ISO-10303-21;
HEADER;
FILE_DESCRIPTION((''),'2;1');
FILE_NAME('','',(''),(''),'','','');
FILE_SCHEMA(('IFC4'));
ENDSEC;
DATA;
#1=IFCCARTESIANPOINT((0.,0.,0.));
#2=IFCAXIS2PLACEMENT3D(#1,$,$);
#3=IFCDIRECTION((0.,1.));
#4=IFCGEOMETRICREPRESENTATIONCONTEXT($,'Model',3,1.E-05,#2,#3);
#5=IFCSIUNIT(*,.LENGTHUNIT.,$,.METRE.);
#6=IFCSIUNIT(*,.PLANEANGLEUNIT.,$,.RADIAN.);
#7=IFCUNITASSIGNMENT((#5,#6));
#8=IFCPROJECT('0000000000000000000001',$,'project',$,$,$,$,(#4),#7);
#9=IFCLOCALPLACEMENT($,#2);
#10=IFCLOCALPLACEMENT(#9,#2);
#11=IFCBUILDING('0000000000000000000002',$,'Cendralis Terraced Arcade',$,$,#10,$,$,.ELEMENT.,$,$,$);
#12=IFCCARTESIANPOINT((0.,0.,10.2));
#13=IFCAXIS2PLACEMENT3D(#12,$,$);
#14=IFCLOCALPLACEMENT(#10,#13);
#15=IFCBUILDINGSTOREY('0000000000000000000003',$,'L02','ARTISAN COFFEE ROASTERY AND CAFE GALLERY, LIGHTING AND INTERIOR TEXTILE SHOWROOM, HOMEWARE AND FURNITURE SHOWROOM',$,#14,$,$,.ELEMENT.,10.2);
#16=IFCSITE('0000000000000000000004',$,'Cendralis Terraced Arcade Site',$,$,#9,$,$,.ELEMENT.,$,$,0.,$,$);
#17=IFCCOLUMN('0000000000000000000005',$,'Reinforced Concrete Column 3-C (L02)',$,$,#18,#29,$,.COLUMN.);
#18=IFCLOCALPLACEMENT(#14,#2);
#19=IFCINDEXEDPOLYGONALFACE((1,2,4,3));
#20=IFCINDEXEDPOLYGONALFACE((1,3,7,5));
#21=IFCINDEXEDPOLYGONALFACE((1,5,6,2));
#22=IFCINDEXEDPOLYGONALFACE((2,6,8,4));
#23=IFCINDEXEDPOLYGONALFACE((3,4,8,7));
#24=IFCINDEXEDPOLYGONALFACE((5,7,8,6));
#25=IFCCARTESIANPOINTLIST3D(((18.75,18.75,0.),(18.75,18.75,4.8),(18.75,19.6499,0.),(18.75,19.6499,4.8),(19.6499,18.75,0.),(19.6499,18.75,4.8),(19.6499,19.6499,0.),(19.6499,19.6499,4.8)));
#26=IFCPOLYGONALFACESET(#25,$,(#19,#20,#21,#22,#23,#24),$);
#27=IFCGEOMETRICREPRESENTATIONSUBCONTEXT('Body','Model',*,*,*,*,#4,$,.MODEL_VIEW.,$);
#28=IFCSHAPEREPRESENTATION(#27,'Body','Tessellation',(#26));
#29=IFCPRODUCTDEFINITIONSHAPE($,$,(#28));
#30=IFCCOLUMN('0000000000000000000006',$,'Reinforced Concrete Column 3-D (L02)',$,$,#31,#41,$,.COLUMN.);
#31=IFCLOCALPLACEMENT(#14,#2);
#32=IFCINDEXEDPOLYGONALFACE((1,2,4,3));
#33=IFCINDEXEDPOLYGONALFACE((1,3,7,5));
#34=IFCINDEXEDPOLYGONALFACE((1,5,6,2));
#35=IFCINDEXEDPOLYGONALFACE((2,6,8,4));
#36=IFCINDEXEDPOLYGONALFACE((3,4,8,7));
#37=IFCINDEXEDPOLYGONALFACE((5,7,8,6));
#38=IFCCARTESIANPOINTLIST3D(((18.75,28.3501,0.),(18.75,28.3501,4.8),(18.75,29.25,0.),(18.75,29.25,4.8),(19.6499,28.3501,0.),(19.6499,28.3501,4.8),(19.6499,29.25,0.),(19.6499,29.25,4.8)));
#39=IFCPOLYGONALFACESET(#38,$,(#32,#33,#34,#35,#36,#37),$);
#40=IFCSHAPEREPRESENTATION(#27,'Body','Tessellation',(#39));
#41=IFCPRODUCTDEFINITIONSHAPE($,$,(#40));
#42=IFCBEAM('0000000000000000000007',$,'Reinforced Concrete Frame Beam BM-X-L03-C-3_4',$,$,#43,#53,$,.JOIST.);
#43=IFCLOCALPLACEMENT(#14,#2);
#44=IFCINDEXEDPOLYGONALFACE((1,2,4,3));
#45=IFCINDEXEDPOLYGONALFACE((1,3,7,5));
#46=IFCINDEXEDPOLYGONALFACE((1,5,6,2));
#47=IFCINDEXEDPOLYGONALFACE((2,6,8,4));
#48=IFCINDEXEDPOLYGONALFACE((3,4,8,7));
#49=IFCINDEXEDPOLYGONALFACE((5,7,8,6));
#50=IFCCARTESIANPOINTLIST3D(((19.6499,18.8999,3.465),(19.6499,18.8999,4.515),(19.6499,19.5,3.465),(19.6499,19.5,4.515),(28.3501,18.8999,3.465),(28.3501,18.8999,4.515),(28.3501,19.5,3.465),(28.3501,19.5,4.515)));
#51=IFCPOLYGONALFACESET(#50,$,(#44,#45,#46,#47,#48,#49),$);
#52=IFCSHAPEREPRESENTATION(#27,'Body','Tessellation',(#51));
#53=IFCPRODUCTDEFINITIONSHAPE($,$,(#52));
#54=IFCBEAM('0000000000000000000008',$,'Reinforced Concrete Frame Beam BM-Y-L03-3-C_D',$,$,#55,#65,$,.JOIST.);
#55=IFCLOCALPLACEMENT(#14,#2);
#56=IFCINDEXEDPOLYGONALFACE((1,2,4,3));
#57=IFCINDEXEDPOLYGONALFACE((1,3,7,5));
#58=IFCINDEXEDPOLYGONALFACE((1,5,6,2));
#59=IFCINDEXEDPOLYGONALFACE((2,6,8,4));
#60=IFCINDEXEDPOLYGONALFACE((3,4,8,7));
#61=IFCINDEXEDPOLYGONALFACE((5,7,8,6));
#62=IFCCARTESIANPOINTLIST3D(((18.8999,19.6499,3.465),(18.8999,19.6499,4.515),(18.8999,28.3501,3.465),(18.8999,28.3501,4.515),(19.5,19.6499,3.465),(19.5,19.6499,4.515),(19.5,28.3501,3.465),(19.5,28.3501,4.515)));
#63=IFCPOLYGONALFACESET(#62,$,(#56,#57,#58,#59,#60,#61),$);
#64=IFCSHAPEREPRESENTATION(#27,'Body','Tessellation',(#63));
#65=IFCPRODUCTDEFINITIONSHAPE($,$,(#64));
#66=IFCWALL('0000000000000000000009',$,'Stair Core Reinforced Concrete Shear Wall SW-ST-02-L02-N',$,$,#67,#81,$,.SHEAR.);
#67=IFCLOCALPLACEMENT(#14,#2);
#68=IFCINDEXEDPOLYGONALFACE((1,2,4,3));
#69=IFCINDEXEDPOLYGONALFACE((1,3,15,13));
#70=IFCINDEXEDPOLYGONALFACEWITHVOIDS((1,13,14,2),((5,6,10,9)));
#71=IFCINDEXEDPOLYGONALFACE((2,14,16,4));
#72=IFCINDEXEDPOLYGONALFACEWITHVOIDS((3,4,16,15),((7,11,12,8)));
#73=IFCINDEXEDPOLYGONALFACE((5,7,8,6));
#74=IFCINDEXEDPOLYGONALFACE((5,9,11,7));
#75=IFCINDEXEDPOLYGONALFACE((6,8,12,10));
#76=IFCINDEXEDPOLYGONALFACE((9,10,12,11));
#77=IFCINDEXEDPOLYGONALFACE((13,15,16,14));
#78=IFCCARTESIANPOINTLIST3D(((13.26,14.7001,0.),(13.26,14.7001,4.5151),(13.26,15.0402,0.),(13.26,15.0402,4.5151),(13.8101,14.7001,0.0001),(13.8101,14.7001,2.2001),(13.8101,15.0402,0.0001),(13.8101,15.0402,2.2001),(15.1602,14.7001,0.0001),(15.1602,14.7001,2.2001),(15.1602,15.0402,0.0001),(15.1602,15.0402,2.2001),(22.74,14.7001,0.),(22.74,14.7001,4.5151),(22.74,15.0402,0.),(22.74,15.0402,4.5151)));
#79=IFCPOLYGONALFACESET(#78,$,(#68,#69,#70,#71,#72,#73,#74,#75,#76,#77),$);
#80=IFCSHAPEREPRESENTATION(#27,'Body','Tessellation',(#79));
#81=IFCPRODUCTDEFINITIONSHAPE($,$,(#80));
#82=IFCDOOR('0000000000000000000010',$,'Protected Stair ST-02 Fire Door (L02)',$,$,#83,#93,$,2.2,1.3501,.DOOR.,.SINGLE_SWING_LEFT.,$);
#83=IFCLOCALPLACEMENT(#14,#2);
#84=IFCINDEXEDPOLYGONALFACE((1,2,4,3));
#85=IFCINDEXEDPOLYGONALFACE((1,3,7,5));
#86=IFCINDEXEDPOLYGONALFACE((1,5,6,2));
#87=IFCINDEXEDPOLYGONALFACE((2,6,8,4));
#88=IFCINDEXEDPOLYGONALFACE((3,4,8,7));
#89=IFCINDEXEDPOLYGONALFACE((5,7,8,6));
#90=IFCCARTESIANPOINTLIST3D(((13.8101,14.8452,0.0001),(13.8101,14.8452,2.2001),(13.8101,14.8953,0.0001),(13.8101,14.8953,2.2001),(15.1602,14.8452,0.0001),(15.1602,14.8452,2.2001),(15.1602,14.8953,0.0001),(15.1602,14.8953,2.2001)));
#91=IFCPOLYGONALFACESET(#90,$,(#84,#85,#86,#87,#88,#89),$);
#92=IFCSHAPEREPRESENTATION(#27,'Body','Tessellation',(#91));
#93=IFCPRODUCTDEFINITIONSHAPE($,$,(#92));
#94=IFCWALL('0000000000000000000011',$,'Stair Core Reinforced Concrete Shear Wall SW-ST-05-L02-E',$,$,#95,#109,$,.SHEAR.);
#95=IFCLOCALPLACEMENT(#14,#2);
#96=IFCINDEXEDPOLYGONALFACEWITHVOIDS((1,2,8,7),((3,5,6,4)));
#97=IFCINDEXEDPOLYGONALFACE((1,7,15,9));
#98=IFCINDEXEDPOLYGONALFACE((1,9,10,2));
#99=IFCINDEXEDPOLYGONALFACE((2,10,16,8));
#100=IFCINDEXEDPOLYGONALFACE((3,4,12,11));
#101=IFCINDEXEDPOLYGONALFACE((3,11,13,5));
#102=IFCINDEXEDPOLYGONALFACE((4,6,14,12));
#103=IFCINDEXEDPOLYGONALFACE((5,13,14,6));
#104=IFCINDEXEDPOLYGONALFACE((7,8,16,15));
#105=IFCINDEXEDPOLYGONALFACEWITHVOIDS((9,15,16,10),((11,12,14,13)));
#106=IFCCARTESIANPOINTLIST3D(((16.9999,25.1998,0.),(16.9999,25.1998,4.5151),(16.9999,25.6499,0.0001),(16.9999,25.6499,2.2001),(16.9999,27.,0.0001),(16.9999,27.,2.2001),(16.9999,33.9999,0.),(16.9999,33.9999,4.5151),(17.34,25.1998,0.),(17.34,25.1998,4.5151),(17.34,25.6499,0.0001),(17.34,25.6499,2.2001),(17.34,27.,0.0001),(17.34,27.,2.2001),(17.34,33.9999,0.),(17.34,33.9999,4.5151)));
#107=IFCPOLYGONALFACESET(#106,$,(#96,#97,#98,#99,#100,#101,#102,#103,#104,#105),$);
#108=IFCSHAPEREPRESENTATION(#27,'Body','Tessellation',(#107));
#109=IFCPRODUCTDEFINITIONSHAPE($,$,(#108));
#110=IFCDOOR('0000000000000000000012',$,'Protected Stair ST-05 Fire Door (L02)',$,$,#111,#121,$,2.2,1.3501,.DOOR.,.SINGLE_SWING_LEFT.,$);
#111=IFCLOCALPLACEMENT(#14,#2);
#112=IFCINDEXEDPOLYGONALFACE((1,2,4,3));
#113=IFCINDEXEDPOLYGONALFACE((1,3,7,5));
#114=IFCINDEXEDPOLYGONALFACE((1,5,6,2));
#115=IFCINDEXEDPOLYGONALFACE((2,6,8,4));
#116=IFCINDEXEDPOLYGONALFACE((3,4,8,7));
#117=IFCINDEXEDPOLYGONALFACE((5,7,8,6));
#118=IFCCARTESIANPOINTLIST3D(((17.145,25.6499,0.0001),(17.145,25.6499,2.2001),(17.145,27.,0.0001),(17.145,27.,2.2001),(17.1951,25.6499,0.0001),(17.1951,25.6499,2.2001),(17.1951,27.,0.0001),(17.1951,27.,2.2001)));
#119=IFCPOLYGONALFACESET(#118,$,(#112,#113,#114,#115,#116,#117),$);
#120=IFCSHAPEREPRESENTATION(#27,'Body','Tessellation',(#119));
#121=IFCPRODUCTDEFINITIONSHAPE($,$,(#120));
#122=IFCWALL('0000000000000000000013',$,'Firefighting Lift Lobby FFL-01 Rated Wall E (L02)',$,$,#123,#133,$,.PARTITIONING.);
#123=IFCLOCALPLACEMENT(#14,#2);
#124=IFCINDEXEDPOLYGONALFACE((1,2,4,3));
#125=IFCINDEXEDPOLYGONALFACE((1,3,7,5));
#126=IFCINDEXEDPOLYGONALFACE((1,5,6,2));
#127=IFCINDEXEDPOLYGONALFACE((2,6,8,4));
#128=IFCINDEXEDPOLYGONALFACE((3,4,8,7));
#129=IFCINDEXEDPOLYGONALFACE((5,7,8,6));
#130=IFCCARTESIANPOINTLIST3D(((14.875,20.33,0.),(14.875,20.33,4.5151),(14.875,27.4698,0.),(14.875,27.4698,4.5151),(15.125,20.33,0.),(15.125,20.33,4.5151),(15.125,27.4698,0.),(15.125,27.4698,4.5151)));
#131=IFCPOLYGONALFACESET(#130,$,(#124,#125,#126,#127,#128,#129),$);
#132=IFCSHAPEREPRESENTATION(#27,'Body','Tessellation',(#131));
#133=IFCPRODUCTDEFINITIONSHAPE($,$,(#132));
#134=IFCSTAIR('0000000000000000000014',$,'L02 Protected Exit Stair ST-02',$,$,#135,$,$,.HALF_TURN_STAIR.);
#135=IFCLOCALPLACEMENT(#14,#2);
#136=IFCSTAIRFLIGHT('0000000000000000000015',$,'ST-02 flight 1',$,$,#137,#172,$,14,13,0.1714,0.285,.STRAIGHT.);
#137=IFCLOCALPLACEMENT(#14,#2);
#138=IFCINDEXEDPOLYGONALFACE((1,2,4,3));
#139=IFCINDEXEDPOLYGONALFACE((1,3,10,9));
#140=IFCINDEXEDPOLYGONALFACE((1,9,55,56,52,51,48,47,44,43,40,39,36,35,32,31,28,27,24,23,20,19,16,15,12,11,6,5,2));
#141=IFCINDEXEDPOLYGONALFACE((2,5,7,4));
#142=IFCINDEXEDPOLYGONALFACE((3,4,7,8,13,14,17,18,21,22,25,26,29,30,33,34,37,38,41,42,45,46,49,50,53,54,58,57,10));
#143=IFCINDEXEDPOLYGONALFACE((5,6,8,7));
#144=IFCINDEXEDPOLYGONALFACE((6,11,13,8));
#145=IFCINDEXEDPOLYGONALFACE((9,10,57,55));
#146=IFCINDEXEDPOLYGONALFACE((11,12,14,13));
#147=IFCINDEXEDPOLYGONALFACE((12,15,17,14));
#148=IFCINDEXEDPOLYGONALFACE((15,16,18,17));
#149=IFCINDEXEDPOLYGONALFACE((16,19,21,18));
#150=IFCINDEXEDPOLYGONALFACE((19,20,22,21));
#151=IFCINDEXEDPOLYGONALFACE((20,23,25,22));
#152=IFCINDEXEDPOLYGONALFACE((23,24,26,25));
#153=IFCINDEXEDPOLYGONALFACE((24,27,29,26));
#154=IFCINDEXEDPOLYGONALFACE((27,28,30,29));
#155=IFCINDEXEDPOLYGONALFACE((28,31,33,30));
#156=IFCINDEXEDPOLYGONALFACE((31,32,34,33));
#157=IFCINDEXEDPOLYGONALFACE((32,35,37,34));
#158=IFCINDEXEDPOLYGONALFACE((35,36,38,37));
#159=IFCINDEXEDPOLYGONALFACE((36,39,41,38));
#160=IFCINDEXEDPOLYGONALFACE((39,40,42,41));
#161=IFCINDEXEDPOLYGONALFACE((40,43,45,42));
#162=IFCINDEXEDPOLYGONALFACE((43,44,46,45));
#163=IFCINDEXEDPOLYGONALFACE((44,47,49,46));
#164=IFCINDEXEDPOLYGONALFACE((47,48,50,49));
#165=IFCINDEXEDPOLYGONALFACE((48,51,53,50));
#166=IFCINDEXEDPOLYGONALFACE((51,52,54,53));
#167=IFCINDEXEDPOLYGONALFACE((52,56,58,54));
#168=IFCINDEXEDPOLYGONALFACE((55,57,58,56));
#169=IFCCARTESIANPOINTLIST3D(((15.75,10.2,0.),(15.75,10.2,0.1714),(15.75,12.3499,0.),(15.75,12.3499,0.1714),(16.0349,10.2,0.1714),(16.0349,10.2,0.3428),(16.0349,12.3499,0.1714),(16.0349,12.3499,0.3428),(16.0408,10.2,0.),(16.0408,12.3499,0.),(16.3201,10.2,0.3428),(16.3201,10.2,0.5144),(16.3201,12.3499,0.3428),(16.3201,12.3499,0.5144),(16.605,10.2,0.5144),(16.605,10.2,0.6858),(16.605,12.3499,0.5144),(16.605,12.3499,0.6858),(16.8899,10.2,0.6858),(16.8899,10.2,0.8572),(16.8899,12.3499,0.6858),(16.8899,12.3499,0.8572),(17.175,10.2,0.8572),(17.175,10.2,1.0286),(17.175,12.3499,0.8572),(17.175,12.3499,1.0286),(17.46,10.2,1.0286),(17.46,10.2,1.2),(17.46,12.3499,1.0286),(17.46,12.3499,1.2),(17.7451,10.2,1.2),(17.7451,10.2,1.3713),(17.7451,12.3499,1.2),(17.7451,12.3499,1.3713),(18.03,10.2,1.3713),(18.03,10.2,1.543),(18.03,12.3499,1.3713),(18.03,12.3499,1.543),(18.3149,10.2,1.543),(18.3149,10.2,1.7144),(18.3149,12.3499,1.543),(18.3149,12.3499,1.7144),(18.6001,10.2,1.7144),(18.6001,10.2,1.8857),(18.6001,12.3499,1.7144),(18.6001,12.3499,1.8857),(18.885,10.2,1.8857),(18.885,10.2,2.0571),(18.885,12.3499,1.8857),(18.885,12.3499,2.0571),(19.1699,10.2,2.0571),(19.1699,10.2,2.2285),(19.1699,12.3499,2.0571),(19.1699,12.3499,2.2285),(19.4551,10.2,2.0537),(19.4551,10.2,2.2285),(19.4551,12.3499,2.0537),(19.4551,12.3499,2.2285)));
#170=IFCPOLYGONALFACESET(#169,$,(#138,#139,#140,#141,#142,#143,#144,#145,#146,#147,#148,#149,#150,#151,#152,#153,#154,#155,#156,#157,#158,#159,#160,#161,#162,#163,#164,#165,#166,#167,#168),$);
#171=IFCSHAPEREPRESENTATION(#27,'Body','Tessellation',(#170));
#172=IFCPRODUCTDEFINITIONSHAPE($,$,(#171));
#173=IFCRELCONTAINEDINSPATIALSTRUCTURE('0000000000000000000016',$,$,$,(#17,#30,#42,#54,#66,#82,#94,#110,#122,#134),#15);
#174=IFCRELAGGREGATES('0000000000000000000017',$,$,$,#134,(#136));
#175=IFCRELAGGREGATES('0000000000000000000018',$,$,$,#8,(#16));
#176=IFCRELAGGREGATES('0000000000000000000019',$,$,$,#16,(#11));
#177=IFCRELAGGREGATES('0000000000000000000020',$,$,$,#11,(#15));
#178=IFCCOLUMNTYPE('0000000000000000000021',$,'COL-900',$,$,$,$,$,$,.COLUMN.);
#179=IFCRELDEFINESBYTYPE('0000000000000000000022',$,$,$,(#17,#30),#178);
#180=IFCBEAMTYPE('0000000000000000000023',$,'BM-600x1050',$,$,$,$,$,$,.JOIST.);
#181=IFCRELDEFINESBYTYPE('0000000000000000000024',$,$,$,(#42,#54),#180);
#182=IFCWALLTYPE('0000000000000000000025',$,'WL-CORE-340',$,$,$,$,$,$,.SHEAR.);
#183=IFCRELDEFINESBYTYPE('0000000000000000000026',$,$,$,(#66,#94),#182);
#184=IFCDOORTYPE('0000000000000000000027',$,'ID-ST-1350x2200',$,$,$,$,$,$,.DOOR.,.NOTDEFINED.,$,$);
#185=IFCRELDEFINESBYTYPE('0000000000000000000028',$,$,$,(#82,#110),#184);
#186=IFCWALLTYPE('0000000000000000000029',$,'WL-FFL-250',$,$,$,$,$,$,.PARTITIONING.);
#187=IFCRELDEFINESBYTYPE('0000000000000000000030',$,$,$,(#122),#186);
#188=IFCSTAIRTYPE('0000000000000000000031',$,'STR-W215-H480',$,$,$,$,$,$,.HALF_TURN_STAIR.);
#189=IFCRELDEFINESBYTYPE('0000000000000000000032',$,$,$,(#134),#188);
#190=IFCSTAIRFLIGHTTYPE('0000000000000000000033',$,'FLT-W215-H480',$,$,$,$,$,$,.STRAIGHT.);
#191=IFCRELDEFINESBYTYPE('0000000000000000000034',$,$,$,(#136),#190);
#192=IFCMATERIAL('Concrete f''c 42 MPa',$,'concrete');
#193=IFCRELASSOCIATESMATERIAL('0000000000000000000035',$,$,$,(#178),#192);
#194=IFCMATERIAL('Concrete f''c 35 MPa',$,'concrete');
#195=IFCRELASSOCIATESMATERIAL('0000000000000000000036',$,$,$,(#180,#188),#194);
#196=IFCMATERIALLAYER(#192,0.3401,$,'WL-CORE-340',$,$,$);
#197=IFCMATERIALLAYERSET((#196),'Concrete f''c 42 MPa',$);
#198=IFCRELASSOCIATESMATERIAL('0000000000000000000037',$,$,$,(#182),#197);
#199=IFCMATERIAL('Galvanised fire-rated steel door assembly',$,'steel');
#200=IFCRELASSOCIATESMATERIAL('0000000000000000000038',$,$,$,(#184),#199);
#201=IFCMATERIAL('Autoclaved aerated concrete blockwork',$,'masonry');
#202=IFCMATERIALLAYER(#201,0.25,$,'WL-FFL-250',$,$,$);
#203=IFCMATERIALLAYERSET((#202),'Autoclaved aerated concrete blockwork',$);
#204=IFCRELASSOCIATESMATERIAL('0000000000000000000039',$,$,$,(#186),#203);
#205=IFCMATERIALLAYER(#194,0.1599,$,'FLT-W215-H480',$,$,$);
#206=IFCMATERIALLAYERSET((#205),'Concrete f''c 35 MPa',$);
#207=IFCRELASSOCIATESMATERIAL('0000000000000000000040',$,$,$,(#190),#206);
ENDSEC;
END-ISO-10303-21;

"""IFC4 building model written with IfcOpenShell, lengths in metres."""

from ifc_helpers import new_model, si_unit, direction, frame, frame_2d, origin, origin_2d, place, context, subcontext, project, spatial, polyline, rectangle, outline, extrude, material, layer, layer_set, material_profile, profile_set, type_object, element, fill, aggregate, save


model = new_model("IFC4")

# Units and contexts
model_context = context("Model", 3, precision=1e-05, world=origin(), true_north=direction((0.0, 1.0)))
body_context = subcontext(model_context, "Body", "Model", "MODEL_VIEW")
ifc_project = project(units=[si_unit("LENGTHUNIT", "METRE"), si_unit("PLANEANGLEUNIT", "RADIAN")], contexts=[model_context])

# Site, building, storey
site_placement = place(None, origin())
site = spatial("IfcSite", under=ifc_project, at=site_placement, Name="Cendralis Terraced Arcade Site", CompositionType="ELEMENT", RefElevation=0.0)
building_placement = place(site_placement, origin())
building = spatial("IfcBuilding", under=site, at=building_placement, Name="Cendralis Terraced Arcade", CompositionType="ELEMENT")
storey_placement = place(building_placement, frame((0.0, 0.0, 10.2)))
storey = spatial("IfcBuildingStorey", under=building, at=storey_placement, Name="L02", Description="ARTISAN COFFEE ROASTERY AND CAFE GALLERY, LIGHTING AND INTERIOR TEXTILE SHOWROOM, HOMEWARE AND FURNITURE SHOWROOM", CompositionType="ELEMENT", Elevation=10.2)

# Columns
ifc_material_1 = material(Name="Concrete f'c 42 MPa", Category="concrete")
ifc_material_profile_1 = material_profile(ifc_material_1, rectangle(XDim=0.8999, YDim=0.8999, at=origin_2d()), Name="RC-COL-900x900", Category="LoadBearing")
ifc_profile_set_1 = profile_set([ifc_material_profile_1], Name="Concrete f'c 42 MPa")
column_type = type_object("IfcColumnType", Name="COL-900", PredefinedType="COLUMN", material=ifc_profile_set_1)
for number, where, z_axis, x_axis, name in (
    (1, (19.2, 19.2, 0.0), (0.0, 0.0, 1.0), (1.0, 0.0, 0.0), "Reinforced Concrete Column 3-C (L02)"),
    (2, (19.2, 28.8, 0.0), (0.0, 0.0, 1.0), (1.0, 0.0, 0.0), "Reinforced Concrete Column 3-D (L02)"),
):
    element("IfcColumn", number, at=place(storey_placement, frame(where, z_axis=z_axis, x_axis=x_axis)), inside=storey, type_object=column_type, Name=name, PredefinedType="COLUMN", context=body_context, shape_type="SweptSolid", body=[
        extrude(rectangle(XDim=0.8999, YDim=0.8999, at=origin_2d()), origin(), (0.0, 0.0, 1.0), 4.8),
    ])

# Beams
ifc_material_2 = material(Name="Concrete f'c 35 MPa", Category="concrete")
ifc_material_profile_2 = material_profile(ifc_material_2, rectangle(XDim=0.6001, YDim=1.05, at=origin_2d()), Name="RC-BM-600x1050", Category="LoadBearing")
ifc_profile_set_2 = profile_set([ifc_material_profile_2], Name="Concrete f'c 35 MPa")
beam_type = type_object("IfcBeamType", Name="BM-600x1050", PredefinedType="JOIST", material=ifc_profile_set_2)
for number, where, z_axis, x_axis, name in (
    (3, (19.6499, 19.2, 3.99), (1.0, 0.0, 0.0), (0.0, 1.0, 0.0), "Reinforced Concrete Frame Beam BM-X-L03-C-3_4"),
    (4, (19.2, 19.6499, 3.99), (0.0, 1.0, 0.0), (-1.0, 0.0, 0.0), "Reinforced Concrete Frame Beam BM-Y-L03-3-C_D"),
):
    element("IfcBeam", number, at=place(storey_placement, frame(where, z_axis=z_axis, x_axis=x_axis)), inside=storey, type_object=beam_type, Name=name, PredefinedType="JOIST", context=body_context, shape_type="SweptSolid", body=[
        extrude(rectangle(XDim=0.6001, YDim=1.05, at=origin_2d()), origin(), (0.0, 0.0, 1.0), 8.7002),
    ])

# Walls, openings, doors
ifc_layer_1 = layer(ifc_material_1, 0.3401, Name="WL-CORE-340")
ifc_layer_set_1 = layer_set([ifc_layer_1], Name="Concrete f'c 42 MPa")
wall_type_1 = type_object("IfcWallType", Name="WL-CORE-340", PredefinedType="SHEAR", material=ifc_layer_set_1)
wall_1_placement = place(storey_placement, frame((13.26, 14.8701, 0.0), z_axis=(0.0, 0.0, 1.0), x_axis=(1.0, 0.0, 0.0)))
wall_1 = element("IfcWall", 5, at=wall_1_placement, inside=storey, type_object=wall_type_1, Name="Stair Core Reinforced Concrete Shear Wall SW-ST-02-L02-N", PredefinedType="SHEAR", context=body_context, shape_type="SweptSolid", body=[
    extrude(rectangle(XDim=9.48, YDim=0.3401, at=frame_2d((4.74, 0.0))), origin(), (0.0, 0.0, 1.0), 4.5151),
])
opening_1_placement = place(wall_1_placement, frame((0.55, 0.0, 0.0)))
opening_1 = element("IfcOpeningElement", 6, at=opening_1_placement, cuts=wall_1, PredefinedType="OPENING", context=body_context, shape_type="SweptSolid", body=[
    extrude(rectangle(XDim=1.3501, YDim=2.2, at=frame_2d((0.675, 1.1001))), frame((0.0, 0.1821, 0.0), z_axis=(0.0, -1.0, 0.0), x_axis=(1.0, 0.0, 0.0)), (0.0, 0.0, 1.0), 0.364),
])
ifc_material_3 = material(Name="Galvanised fire-rated steel door assembly", Category="steel")
door_type_1 = type_object("IfcDoorType", Name="ID-ST-1350x2200", OperationType="NOTDEFINED", PredefinedType="DOOR", material=ifc_material_3)
door_1_placement = place(opening_1_placement, frame((1.3501, 0.0, 0.0), z_axis=(0.0, 0.0, 1.0), x_axis=(-1.0, 0.0, 0.0)))
door_1 = element("IfcDoor", 7, at=door_1_placement, inside=storey, type_object=door_type_1, Name="Protected Stair ST-02 Fire Door (L02)", OperationType="SINGLE_SWING_LEFT", OverallHeight=2.2, OverallWidth=1.3501, PredefinedType="DOOR", context=body_context, shape_type="SweptSolid", body=[
    extrude(rectangle(XDim=1.3501, YDim=2.2, at=frame_2d((0.675, 1.1001))), frame((0.0, 0.0249, 0.0), z_axis=(0.0, -1.0, 0.0), x_axis=(1.0, 0.0, 0.0)), (0.0, 0.0, 1.0), 0.05),
])
fill(opening_1, door_1)
wall_2_placement = place(storey_placement, frame((17.1699, 25.2, 0.0), z_axis=(0.0, 0.0, 1.0), x_axis=(0.0, 1.0, 0.0)))
wall_2 = element("IfcWall", 8, at=wall_2_placement, inside=storey, type_object=wall_type_1, Name="Stair Core Reinforced Concrete Shear Wall SW-ST-05-L02-E", PredefinedType="SHEAR", context=body_context, shape_type="SweptSolid", body=[
    extrude(rectangle(XDim=8.8, YDim=0.3401, at=frame_2d((4.3999, 0.0))), origin(), (0.0, 0.0, 1.0), 4.5151),
])
opening_2_placement = place(wall_2_placement, frame((0.45, 0.0, 0.0)))
opening_2 = element("IfcOpeningElement", 9, at=opening_2_placement, cuts=wall_2, PredefinedType="OPENING", context=body_context, shape_type="SweptSolid", body=[
    extrude(rectangle(XDim=1.3501, YDim=2.2, at=frame_2d((0.675, 1.1001))), frame((0.0, 0.1821, 0.0), z_axis=(0.0, -1.0, 0.0), x_axis=(1.0, 0.0, 0.0)), (0.0, 0.0, 1.0), 0.364),
])
door_2_placement = place(opening_2_placement, origin())
door_2 = element("IfcDoor", 10, at=door_2_placement, inside=storey, type_object=door_type_1, Name="Protected Stair ST-05 Fire Door (L02)", OperationType="SINGLE_SWING_LEFT", OverallHeight=2.2, OverallWidth=1.3501, PredefinedType="DOOR", context=body_context, shape_type="SweptSolid", body=[
    extrude(rectangle(XDim=1.3501, YDim=2.2, at=frame_2d((0.675, 1.1001))), frame((0.0, 0.0249, 0.0), z_axis=(0.0, -1.0, 0.0), x_axis=(1.0, 0.0, 0.0)), (0.0, 0.0, 1.0), 0.05),
])
fill(opening_2, door_2)

# Wall
ifc_material_4 = material(Name="Autoclaved aerated concrete blockwork", Category="masonry")
ifc_layer_2 = layer(ifc_material_4, 0.25, Name="WL-FFL-250")
ifc_layer_set_2 = layer_set([ifc_layer_2], Name="Autoclaved aerated concrete blockwork")
wall_type_2 = type_object("IfcWallType", Name="WL-FFL-250", PredefinedType="PARTITIONING", material=ifc_layer_set_2)
wall_3_placement = place(storey_placement, frame((15.0, 20.3301, 0.0), z_axis=(0.0, 0.0, 1.0), x_axis=(0.0, 1.0, 0.0)))
element("IfcWall", 11, at=wall_3_placement, inside=storey, type_object=wall_type_2, Name="Firefighting Lift Lobby FFL-01 Rated Wall E (L02)", PredefinedType="PARTITIONING", context=body_context, shape_type="SweptSolid", body=[
    extrude(rectangle(XDim=7.1399, YDim=0.25, at=frame_2d((3.5698, 0.0))), origin(), (0.0, 0.0, 1.0), 4.5151),
])

# Stair, stair flight
stair_type = type_object("IfcStairType", Name="STR-W215-H480", PredefinedType="HALF_TURN_STAIR", material=ifc_material_2)
stair_1_placement = place(storey_placement, origin())
stair_1 = element("IfcStair", 12, at=stair_1_placement, inside=storey, type_object=stair_type, Name="L02 Protected Exit Stair ST-02", PredefinedType="HALF_TURN_STAIR")
ifc_layer_3 = layer(ifc_material_2, 0.1599, Name="FLT-W215-H480")
ifc_layer_set_3 = layer_set([ifc_layer_3], Name="Concrete f'c 35 MPa")
stair_flight_type = type_object("IfcStairFlightType", Name="FLT-W215-H480", PredefinedType="STRAIGHT", material=ifc_layer_set_3)
stair_flight_1_placement = place(storey_placement, frame((15.75, 11.2749, 0.0), z_axis=(0.0, 0.0, 1.0), x_axis=(1.0, 0.0, 0.0)))
stair_flight_1 = element("IfcStairFlight", 13, at=stair_flight_1_placement, type_object=stair_flight_type, Name="ST-02 flight 1", NumberOfRisers=14, NumberOfTreads=13, PredefinedType="STRAIGHT", RiserHeight=0.1714, TreadLength=0.285, context=body_context, shape_type="SweptSolid", body=[
    extrude(outline(polyline([(0.0, 0.0), (0.0, 0.1714), (0.2849, 0.1714), (0.2849, 0.3428), (0.5701, 0.3428), (0.5701, 0.5144), (0.855, 0.5144), (0.855, 0.6858), (1.1399, 0.6858), (1.1399, 0.8572), (1.425, 0.8572), (1.425, 1.0286), (1.71, 1.0286), (1.71, 1.2), (1.9951, 1.2), (1.9951, 1.3713), (2.28, 1.3713), (2.28, 1.543), (2.5649, 1.543), (2.5649, 1.7144), (2.8501, 1.7144), (2.8501, 1.8857), (3.135, 1.8857), (3.135, 2.0571), (3.4199, 2.0571), (3.4199, 2.2285), (3.7051, 2.2285), (3.7051, 2.3999), (3.7051, 2.0537), (0.2908, 0.0), (0.0, 0.0)])), frame((0.0, 1.075, 0.0), z_axis=(0.0, -1.0, 0.0), x_axis=(1.0, 0.0, 0.0)), (0.0, 0.0, 1.0), 2.1499),
])
aggregate(stair_1, [stair_flight_1])

save(model, "model.ifc")
